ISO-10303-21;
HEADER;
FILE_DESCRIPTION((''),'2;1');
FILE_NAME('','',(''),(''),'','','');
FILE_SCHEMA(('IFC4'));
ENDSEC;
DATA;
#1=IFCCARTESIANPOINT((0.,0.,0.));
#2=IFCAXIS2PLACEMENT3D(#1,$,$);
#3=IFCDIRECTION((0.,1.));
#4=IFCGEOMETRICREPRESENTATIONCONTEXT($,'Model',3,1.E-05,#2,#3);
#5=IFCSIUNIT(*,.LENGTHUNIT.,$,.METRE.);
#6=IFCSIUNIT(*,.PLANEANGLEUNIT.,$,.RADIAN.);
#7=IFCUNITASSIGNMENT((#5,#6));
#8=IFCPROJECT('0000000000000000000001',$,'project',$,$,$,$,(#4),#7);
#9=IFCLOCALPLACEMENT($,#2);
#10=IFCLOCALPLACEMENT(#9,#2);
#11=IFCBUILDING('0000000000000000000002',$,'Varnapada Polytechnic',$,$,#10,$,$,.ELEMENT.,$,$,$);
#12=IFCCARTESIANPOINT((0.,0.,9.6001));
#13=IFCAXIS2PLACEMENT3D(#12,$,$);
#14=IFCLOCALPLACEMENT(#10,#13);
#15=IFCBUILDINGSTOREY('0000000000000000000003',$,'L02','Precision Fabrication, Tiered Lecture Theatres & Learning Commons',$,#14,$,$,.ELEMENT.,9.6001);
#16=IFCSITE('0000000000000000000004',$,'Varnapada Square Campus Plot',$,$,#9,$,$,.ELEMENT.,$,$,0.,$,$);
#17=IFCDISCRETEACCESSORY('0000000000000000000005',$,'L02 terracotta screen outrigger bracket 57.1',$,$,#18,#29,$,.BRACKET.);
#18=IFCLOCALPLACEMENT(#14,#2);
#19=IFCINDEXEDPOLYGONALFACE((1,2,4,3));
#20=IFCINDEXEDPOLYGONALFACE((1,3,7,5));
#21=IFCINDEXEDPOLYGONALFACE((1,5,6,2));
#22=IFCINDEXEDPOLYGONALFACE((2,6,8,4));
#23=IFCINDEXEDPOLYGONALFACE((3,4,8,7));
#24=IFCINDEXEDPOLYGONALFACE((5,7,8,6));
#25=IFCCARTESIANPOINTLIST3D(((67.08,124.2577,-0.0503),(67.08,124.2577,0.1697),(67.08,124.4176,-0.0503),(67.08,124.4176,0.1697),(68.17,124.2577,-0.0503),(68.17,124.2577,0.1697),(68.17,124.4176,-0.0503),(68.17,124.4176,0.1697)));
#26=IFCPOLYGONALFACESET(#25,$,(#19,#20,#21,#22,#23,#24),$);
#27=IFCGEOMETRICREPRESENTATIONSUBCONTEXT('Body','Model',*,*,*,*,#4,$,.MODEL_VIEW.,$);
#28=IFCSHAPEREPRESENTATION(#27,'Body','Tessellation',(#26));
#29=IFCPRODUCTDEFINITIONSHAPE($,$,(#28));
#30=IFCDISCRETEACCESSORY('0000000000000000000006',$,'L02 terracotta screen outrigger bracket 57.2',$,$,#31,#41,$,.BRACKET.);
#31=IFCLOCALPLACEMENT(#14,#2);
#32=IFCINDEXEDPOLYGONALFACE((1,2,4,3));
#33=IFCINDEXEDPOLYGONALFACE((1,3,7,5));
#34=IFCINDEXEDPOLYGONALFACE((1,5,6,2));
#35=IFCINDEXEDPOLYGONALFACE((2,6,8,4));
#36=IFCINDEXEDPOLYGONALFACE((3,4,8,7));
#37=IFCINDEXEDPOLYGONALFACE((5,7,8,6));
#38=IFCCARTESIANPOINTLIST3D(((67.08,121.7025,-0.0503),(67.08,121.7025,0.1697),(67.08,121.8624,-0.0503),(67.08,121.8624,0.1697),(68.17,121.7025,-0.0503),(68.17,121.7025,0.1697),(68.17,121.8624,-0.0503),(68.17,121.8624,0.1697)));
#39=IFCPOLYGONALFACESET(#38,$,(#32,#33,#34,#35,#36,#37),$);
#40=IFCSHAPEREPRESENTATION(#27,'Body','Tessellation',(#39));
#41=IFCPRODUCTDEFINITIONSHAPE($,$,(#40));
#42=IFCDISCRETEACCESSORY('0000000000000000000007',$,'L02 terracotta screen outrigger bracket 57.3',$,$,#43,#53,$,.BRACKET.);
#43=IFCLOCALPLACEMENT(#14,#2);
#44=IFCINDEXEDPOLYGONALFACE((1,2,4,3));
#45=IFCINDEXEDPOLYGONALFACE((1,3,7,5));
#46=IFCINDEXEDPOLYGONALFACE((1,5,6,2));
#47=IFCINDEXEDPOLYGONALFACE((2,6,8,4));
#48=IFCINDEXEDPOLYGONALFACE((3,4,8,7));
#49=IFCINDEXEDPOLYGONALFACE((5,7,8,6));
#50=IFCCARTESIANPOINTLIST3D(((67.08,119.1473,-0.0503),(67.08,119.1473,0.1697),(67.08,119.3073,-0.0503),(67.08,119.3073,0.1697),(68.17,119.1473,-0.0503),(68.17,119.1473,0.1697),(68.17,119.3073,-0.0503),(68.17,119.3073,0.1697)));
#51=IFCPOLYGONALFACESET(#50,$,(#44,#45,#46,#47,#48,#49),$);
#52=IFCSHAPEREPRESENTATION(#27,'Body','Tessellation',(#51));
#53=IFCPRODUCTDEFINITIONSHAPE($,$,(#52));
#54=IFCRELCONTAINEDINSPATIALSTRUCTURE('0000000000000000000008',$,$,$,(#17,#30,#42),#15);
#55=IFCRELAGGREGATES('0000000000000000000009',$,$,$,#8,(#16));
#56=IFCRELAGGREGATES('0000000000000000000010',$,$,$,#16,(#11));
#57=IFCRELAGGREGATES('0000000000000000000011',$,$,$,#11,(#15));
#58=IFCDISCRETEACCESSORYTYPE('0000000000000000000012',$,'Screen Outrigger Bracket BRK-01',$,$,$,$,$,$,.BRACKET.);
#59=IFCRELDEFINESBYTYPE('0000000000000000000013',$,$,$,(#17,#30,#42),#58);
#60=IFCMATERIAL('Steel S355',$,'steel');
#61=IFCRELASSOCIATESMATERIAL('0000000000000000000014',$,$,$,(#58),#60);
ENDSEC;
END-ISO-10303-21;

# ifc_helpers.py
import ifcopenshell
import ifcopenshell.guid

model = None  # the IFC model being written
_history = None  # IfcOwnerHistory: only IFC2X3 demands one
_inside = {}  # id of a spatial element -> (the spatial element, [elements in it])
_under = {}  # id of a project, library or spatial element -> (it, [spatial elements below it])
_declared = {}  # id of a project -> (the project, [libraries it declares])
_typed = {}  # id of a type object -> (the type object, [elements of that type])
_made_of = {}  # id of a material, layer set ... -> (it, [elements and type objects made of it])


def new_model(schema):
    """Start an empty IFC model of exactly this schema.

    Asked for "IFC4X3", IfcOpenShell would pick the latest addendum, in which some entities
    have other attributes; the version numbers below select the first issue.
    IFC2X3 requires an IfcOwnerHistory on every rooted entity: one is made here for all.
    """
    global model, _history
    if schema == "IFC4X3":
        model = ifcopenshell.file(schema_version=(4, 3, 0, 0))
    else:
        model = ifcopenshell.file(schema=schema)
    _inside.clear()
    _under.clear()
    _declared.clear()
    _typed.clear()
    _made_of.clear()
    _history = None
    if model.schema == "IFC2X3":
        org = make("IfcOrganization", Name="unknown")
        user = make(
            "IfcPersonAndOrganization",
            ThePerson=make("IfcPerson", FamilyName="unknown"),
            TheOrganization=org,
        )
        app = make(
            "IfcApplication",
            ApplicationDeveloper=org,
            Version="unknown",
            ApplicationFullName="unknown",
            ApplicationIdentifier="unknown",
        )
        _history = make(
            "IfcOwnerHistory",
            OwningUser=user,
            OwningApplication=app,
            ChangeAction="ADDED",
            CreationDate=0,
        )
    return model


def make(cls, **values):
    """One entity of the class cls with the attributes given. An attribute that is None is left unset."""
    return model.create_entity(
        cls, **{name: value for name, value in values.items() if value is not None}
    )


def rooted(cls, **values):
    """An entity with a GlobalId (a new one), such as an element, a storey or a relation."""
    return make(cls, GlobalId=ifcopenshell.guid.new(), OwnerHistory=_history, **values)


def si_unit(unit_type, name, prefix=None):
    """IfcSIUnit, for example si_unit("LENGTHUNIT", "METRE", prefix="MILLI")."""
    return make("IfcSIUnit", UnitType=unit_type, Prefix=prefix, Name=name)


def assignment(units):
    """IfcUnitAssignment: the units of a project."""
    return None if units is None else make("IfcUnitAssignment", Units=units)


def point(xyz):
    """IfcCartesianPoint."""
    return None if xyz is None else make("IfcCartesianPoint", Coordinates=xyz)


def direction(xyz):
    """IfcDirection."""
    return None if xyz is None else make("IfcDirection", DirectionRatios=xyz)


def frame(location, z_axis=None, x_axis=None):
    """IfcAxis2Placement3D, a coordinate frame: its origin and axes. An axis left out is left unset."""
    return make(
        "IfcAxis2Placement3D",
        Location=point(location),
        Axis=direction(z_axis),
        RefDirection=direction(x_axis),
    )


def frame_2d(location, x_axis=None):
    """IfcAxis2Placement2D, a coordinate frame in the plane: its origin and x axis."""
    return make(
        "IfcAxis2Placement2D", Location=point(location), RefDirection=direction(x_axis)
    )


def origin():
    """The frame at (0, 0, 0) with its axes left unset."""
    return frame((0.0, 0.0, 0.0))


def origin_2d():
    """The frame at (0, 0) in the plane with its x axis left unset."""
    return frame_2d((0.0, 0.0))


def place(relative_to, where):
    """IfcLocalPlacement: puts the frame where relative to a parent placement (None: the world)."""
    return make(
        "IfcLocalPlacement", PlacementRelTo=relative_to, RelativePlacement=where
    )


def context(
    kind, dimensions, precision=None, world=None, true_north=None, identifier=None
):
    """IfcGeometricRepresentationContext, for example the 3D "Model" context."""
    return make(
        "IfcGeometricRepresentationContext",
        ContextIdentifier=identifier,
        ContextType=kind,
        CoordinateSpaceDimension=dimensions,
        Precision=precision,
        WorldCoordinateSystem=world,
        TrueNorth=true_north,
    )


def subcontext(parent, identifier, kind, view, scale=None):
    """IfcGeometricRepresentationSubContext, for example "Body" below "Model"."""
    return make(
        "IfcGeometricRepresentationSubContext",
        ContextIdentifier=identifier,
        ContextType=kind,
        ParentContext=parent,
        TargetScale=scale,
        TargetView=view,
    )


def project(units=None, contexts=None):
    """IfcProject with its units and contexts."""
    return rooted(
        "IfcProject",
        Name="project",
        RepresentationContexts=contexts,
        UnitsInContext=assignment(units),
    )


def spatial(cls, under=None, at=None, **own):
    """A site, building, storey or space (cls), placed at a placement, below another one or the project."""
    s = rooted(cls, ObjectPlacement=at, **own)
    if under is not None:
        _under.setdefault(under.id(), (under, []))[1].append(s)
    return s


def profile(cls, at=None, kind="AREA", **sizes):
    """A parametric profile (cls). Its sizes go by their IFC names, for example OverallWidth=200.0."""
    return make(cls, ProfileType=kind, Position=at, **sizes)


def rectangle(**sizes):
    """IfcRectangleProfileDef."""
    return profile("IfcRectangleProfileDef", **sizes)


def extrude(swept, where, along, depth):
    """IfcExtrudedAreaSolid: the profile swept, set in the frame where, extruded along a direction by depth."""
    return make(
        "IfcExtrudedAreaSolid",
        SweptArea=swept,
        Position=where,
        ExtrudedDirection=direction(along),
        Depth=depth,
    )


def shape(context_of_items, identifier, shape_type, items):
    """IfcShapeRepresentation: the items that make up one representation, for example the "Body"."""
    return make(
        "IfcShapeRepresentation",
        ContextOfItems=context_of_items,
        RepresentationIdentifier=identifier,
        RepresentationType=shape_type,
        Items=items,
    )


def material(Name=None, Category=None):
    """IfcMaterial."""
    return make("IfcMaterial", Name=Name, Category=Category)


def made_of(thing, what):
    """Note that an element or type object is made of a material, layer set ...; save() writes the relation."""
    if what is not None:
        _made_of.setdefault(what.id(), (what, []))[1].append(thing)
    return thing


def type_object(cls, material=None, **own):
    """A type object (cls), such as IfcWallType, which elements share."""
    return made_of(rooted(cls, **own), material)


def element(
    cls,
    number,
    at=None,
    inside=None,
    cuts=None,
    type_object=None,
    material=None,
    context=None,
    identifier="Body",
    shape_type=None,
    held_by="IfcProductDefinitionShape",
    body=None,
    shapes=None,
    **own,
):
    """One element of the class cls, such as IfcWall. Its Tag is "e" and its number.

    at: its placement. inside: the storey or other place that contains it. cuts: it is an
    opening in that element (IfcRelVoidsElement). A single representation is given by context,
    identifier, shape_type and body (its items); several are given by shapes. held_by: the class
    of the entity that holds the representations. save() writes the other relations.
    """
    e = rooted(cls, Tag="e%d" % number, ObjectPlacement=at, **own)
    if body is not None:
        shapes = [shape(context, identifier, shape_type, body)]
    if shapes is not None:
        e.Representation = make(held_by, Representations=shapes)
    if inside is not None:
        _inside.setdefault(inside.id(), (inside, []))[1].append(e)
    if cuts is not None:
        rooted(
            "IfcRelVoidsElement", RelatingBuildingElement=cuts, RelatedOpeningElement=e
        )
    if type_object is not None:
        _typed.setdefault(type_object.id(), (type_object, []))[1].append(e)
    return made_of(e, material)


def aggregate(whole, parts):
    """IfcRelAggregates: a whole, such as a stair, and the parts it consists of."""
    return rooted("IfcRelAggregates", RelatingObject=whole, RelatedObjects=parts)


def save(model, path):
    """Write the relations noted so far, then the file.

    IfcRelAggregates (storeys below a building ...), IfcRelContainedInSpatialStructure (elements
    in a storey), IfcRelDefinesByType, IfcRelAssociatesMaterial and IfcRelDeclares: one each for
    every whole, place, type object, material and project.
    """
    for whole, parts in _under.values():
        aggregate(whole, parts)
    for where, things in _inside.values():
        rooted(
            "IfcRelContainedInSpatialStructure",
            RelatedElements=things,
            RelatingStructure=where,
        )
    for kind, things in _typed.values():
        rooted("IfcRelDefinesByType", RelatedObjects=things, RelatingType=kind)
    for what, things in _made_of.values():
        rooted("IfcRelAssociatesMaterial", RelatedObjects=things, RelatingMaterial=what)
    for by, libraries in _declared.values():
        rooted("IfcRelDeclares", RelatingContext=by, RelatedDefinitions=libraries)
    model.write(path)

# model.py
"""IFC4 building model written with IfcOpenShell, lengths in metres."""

from ifc_helpers import new_model, si_unit, direction, frame, origin, origin_2d, place, context, subcontext, project, spatial, rectangle, extrude, material, type_object, element, save


model = new_model("IFC4")

# Units and contexts
model_context = context("Model", 3, precision=1e-05, world=origin(), true_north=direction((0.0, 1.0)))
body_context = subcontext(model_context, "Body", "Model", "MODEL_VIEW")
ifc_project = project(units=[si_unit("LENGTHUNIT", "METRE"), si_unit("PLANEANGLEUNIT", "RADIAN")], contexts=[model_context])

# Site, building, storey
site_placement = place(None, origin())
site = spatial("IfcSite", under=ifc_project, at=site_placement, Name="Varnapada Square Campus Plot", CompositionType="ELEMENT", RefElevation=0.0)
building_placement = place(site_placement, origin())
building = spatial("IfcBuilding", under=site, at=building_placement, Name="Varnapada Polytechnic", CompositionType="ELEMENT")
storey_placement = place(building_placement, frame((0.0, 0.0, 9.6001)))
storey = spatial("IfcBuildingStorey", under=building, at=storey_placement, Name="L02", Description="Precision Fabrication, Tiered Lecture Theatres & Learning Commons", CompositionType="ELEMENT", Elevation=9.6001)

# Shared definitions
ifc_material_1 = material(Name="Steel S355", Category="steel")

# Discrete accessories
discrete_accessory_type = type_object("IfcDiscreteAccessoryType", Name="Screen Outrigger Bracket BRK-01", PredefinedType="BRACKET", material=ifc_material_1)
for number, where, z_axis, x_axis, name in (
    (1, (67.625, 124.3376, -0.0503), (0.0, 0.0, 1.0), (0.0, -1.0, 0.0), "L02 terracotta screen outrigger bracket 57.1"),
    (2, (67.625, 121.7825, -0.0503), (0.0, 0.0, 1.0), (0.0, -1.0, 0.0), "L02 terracotta screen outrigger bracket 57.2"),
    (3, (67.625, 119.2273, -0.0503), (0.0, 0.0, 1.0), (0.0, -1.0, 0.0), "L02 terracotta screen outrigger bracket 57.3"),
):
    element("IfcDiscreteAccessory", number, at=place(storey_placement, frame(where, z_axis=z_axis, x_axis=x_axis)), inside=storey, type_object=discrete_accessory_type, Name=name, PredefinedType="BRACKET", context=body_context, shape_type="SweptSolid", body=[
        extrude(rectangle(XDim=0.1599, YDim=1.0901, at=origin_2d()), origin(), (0.0, 0.0, 1.0), 0.22),
    ])

save(model, "model.ifc")
